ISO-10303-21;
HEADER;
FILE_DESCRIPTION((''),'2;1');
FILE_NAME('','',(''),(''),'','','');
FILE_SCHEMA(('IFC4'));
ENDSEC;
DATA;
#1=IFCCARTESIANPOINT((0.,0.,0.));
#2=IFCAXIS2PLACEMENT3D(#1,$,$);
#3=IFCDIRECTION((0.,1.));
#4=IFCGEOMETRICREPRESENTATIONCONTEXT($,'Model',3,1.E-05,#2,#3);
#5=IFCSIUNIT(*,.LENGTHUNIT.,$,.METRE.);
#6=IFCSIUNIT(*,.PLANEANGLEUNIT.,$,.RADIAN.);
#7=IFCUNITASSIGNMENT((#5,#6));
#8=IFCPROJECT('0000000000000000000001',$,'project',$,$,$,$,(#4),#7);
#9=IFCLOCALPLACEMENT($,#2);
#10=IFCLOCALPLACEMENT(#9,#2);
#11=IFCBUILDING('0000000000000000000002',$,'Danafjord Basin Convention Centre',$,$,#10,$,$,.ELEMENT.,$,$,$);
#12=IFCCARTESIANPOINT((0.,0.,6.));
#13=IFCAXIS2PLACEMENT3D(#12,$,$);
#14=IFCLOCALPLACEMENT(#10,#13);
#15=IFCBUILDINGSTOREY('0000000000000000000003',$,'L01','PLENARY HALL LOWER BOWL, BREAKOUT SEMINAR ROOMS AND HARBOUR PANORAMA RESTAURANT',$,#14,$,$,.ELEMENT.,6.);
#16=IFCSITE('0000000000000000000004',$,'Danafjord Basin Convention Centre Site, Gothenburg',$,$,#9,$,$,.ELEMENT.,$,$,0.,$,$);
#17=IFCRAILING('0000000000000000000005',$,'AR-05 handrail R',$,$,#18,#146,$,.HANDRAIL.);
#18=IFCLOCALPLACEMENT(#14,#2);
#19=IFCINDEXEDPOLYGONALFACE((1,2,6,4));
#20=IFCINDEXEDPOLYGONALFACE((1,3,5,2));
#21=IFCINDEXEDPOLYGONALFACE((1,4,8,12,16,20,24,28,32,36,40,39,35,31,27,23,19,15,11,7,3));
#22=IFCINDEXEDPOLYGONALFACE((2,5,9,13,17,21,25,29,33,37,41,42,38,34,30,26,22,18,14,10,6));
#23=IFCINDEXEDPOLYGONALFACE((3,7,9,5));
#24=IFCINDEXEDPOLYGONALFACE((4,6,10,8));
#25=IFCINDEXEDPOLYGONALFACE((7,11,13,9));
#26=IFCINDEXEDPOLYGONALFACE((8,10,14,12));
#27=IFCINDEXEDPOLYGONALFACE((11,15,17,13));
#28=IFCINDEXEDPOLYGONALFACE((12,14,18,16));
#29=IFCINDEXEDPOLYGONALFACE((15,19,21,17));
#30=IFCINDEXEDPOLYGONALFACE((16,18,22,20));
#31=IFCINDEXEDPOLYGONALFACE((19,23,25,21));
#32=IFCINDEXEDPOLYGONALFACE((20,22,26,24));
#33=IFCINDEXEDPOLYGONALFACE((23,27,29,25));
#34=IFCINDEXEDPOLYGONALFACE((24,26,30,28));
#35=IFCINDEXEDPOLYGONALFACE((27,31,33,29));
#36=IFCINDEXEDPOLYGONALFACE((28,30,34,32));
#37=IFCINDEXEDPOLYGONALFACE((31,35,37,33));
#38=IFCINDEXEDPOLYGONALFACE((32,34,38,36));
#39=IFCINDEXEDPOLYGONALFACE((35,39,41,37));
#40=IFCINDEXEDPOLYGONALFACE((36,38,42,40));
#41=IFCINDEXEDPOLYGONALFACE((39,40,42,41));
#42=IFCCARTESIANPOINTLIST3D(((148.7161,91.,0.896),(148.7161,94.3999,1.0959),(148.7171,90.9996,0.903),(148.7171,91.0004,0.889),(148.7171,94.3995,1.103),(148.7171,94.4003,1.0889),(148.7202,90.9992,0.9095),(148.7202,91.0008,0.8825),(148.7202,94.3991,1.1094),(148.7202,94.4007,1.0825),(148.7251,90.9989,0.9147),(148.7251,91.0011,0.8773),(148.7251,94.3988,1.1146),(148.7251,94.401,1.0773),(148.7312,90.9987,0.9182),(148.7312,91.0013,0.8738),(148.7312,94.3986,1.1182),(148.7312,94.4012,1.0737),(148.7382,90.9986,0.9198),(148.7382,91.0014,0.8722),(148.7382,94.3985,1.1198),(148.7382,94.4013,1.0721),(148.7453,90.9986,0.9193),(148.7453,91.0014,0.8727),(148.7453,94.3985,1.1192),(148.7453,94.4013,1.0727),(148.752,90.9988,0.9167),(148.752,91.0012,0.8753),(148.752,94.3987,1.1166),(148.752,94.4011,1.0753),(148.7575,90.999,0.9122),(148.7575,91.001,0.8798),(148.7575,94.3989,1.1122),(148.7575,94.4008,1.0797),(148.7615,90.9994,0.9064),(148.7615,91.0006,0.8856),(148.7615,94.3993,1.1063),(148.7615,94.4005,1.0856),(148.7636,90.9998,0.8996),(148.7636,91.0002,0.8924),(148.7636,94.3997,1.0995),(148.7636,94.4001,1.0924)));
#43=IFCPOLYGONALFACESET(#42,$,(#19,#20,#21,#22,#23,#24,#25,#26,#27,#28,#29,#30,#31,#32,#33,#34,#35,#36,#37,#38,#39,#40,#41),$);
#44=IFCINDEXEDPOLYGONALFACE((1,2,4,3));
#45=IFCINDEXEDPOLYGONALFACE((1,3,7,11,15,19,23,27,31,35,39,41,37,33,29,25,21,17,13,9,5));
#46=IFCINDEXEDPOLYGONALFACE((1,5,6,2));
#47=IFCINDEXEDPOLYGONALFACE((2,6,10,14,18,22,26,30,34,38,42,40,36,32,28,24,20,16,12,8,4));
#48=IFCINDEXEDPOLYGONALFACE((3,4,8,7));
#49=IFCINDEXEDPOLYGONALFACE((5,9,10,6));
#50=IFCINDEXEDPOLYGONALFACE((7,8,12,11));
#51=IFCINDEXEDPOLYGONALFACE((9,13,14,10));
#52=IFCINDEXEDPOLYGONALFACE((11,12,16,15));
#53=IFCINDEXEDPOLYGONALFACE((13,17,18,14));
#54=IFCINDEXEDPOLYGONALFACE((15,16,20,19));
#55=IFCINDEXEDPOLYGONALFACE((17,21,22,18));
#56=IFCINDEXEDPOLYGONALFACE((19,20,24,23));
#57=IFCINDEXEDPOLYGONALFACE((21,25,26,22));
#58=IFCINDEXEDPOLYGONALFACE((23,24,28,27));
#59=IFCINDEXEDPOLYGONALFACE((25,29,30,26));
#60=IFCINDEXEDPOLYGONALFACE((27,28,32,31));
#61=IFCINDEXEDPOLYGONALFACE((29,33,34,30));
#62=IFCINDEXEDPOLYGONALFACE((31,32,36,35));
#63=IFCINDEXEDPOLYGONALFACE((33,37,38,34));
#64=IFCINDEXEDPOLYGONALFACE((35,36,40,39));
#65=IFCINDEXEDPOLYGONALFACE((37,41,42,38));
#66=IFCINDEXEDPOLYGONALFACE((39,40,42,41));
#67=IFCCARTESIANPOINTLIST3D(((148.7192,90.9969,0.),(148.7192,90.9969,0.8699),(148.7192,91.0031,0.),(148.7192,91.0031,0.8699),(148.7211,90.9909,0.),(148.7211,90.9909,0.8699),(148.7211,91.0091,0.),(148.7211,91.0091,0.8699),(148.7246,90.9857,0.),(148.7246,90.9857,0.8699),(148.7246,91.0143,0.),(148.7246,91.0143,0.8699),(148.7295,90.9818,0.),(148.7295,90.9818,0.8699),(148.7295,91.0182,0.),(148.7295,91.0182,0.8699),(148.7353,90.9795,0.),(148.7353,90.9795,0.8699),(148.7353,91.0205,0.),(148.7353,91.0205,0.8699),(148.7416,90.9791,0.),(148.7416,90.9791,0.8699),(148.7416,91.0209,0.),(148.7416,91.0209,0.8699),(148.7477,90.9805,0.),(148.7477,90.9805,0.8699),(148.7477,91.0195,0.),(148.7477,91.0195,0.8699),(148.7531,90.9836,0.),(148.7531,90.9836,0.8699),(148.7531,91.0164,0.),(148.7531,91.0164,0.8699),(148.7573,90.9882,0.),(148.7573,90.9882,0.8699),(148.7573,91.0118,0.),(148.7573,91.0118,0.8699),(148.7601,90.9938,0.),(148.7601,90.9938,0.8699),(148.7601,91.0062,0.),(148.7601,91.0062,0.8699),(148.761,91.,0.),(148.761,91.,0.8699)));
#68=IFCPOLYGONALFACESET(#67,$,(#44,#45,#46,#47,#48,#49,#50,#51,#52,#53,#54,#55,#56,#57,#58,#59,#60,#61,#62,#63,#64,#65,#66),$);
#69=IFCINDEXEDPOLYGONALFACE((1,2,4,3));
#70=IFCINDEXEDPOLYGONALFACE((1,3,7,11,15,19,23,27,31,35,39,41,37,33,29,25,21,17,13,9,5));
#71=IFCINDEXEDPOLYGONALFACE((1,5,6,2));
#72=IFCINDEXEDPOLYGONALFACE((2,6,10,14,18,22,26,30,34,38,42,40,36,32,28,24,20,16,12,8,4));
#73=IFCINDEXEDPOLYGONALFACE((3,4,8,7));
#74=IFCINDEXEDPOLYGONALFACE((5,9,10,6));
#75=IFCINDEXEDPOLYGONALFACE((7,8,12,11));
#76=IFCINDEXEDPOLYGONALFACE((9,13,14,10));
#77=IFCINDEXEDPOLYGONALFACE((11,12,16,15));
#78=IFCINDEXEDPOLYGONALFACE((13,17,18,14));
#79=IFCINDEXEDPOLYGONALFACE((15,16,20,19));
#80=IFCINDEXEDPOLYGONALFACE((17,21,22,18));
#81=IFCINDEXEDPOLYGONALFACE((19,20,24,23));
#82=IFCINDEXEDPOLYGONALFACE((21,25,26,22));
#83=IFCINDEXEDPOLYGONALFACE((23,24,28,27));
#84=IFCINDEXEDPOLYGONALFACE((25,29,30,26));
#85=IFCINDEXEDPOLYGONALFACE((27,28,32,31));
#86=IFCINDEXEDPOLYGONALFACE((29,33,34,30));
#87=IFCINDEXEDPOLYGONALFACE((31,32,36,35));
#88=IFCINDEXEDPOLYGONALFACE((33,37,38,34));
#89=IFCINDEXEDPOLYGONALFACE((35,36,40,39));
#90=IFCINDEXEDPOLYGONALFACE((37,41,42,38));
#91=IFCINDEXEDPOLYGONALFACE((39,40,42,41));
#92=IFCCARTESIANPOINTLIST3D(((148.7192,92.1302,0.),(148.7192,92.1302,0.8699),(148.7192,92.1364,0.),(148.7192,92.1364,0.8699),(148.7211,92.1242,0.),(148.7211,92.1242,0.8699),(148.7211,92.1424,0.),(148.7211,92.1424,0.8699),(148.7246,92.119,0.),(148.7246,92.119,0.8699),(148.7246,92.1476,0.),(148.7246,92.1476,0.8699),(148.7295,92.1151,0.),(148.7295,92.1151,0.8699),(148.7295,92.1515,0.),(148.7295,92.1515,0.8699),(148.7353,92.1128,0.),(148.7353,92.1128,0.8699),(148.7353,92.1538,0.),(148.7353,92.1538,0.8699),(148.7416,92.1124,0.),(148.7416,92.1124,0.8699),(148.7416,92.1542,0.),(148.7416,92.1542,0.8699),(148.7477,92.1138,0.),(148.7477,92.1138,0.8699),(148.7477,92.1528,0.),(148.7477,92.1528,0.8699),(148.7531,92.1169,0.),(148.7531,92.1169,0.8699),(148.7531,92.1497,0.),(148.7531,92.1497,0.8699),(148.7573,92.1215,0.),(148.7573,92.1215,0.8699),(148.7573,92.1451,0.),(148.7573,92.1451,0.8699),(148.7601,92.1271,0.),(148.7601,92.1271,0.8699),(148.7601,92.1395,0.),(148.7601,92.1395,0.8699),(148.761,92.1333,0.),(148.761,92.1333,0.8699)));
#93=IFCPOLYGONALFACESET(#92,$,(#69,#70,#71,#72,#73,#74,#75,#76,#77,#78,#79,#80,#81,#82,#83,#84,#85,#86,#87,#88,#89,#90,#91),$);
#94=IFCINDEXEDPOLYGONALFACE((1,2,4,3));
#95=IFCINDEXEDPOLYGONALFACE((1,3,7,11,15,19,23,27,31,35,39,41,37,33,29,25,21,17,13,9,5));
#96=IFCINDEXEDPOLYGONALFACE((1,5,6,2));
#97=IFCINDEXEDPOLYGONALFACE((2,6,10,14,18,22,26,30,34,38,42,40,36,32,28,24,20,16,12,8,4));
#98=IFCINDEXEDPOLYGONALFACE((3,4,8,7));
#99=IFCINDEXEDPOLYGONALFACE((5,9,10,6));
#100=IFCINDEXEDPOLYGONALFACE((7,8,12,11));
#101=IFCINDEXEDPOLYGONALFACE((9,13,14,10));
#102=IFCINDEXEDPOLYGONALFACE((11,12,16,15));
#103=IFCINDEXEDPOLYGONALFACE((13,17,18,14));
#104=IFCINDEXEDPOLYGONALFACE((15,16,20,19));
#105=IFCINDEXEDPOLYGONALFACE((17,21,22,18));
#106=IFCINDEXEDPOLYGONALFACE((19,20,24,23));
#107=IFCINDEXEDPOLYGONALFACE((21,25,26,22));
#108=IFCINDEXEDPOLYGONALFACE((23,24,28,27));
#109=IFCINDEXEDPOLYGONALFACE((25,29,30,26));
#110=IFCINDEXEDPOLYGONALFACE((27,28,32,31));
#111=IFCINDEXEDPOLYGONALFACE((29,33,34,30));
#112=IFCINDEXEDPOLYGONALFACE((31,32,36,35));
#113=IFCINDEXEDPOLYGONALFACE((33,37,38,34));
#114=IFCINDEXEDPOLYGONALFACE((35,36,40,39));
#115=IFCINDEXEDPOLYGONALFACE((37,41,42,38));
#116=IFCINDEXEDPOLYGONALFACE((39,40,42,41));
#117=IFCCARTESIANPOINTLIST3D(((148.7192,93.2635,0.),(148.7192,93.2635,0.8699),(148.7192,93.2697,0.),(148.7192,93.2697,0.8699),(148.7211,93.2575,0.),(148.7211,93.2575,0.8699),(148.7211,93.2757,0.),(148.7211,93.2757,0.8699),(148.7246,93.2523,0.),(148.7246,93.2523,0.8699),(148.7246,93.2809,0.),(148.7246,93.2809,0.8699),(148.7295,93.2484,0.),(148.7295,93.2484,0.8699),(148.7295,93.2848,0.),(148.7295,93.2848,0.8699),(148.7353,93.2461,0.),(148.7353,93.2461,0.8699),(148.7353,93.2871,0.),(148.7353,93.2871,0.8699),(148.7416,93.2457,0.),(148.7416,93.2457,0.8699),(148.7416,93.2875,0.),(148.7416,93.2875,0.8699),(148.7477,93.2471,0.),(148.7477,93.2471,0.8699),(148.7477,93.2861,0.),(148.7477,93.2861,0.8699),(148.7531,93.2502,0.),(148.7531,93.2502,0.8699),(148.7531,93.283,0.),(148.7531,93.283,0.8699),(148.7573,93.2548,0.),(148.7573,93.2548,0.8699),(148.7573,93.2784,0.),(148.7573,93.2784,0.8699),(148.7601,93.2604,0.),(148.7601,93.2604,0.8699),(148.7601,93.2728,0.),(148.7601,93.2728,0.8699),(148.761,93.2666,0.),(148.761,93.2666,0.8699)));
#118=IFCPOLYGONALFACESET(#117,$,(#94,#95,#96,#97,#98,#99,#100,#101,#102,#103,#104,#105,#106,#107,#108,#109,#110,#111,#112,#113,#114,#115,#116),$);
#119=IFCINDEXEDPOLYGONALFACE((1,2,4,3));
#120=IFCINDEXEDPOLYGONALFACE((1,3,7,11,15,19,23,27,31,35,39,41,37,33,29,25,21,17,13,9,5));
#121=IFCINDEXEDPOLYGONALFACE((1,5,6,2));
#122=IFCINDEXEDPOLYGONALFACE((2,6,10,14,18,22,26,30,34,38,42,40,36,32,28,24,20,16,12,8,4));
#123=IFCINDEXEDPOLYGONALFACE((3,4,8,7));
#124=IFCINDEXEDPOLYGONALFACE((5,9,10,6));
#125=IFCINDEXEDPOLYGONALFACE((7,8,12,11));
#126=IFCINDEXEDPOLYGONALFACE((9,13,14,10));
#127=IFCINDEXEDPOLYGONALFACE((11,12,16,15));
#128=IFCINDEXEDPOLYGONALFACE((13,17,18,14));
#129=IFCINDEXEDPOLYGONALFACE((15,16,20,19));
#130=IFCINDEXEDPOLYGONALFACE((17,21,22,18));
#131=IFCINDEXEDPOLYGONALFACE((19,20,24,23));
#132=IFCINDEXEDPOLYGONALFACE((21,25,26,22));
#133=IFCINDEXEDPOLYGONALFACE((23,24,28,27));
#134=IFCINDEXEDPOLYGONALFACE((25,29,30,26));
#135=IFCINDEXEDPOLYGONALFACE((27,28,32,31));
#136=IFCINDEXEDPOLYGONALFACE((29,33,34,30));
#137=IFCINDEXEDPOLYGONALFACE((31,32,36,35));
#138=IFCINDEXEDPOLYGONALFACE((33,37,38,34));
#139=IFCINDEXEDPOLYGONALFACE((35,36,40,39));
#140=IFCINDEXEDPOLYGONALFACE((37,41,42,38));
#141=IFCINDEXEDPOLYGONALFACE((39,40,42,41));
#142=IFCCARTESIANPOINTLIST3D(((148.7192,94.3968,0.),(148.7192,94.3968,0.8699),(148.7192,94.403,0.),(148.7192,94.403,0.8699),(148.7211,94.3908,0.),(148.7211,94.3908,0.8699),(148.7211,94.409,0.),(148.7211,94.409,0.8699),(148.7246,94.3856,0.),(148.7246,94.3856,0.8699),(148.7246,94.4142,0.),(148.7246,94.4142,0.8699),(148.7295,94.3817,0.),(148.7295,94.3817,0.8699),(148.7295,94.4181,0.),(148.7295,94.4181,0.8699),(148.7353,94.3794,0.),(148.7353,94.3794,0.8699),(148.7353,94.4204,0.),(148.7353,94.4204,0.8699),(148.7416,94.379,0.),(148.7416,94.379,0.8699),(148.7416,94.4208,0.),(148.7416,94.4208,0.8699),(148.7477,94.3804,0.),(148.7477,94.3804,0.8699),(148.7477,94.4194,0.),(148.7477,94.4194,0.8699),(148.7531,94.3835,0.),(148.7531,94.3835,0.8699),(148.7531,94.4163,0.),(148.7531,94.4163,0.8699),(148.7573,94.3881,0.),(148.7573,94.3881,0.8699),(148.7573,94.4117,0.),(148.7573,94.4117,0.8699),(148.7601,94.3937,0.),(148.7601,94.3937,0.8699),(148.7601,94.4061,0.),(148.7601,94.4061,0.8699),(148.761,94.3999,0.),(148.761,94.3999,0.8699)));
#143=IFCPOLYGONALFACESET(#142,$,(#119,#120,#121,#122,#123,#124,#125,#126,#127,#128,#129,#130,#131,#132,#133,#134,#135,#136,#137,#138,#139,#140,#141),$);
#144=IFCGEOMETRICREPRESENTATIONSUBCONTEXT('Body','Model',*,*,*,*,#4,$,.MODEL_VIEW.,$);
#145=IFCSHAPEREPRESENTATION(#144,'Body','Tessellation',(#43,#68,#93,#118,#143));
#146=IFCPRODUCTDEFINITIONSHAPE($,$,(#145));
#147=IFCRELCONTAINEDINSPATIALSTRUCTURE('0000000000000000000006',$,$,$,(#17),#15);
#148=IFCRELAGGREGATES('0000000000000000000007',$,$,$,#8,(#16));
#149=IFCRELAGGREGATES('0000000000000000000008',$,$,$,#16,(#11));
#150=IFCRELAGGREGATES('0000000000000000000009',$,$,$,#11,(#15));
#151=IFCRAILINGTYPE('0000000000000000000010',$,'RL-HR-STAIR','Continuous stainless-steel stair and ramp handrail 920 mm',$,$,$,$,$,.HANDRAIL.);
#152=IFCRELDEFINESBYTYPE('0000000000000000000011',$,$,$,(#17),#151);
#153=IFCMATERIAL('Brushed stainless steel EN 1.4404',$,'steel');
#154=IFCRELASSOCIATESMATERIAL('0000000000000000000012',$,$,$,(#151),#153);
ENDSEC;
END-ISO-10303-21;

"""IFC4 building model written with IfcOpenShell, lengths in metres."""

from ifc_helpers import new_model, si_unit, direction, frame, origin, origin_2d, place, context, subcontext, project, spatial, circle, extrude, material, type_object, element, save


model = new_model("IFC4")

# Units and contexts
model_context = context("Model", 3, precision=1e-05, world=origin(), true_north=direction((0.0, 1.0)))
body_context = subcontext(model_context, "Body", "Model", "MODEL_VIEW")
ifc_project = project(units=[si_unit("LENGTHUNIT", "METRE"), si_unit("PLANEANGLEUNIT", "RADIAN")], contexts=[model_context])

# Site, building, storey
site_placement = place(None, origin())
site = spatial("IfcSite", under=ifc_project, at=site_placement, Name="Danafjord Basin Convention Centre Site, Gothenburg", CompositionType="ELEMENT", RefElevation=0.0)
building_placement = place(site_placement, origin())
building = spatial("IfcBuilding", under=site, at=building_placement, Name="Danafjord Basin Convention Centre", CompositionType="ELEMENT")
storey_placement = place(building_placement, frame((0.0, 0.0, 6.0)))
storey = spatial("IfcBuildingStorey", under=building, at=storey_placement, Name="L01", Description="PLENARY HALL LOWER BOWL, BREAKOUT SEMINAR ROOMS AND HARBOUR PANORAMA RESTAURANT", CompositionType="ELEMENT", Elevation=6.0)

# Railing
ifc_material_1 = material(Name="Brushed stainless steel EN 1.4404", Category="steel")
railing_type_1 = type_object("IfcRailingType", Name="RL-HR-STAIR", Description="Continuous stainless-steel stair and ramp handrail 920 mm", PredefinedType="HANDRAIL", material=ifc_material_1)
for number, where, name in (
    (1, (148.74, 91.0, 0.0), "AR-05 handrail R"),
):
    element("IfcRailing", number, at=place(storey_placement, frame(where)), inside=storey, type_object=railing_type_1, Name=name, PredefinedType="HANDRAIL", context=body_context, shape_type="SweptSolid", body=[
        extrude(circle(Radius=0.0239, at=origin_2d()), frame((0.0, 0.0, 0.896), z_axis=(0.0, 0.998275, 0.058709), x_axis=(-1.0, 0.0, 0.0)), (0.0, 0.0, 1.0), 3.4058),
        extrude(circle(Radius=0.021, at=origin_2d()), origin(), (0.0, 0.0, 1.0), 0.8699),
        extrude(circle(Radius=0.021, at=origin_2d()), frame((0.0, 1.1333, 0.0)), (0.0, 0.0, 1.0), 0.8699),
        extrude(circle(Radius=0.021, at=origin_2d()), frame((0.0, 2.2666, 0.0)), (0.0, 0.0, 1.0), 0.8699),
        extrude(circle(Radius=0.021, at=origin_2d()), frame((0.0, 3.3999, 0.0)), (0.0, 0.0, 1.0), 0.8699),
    ])

save(model, "model.ifc")
